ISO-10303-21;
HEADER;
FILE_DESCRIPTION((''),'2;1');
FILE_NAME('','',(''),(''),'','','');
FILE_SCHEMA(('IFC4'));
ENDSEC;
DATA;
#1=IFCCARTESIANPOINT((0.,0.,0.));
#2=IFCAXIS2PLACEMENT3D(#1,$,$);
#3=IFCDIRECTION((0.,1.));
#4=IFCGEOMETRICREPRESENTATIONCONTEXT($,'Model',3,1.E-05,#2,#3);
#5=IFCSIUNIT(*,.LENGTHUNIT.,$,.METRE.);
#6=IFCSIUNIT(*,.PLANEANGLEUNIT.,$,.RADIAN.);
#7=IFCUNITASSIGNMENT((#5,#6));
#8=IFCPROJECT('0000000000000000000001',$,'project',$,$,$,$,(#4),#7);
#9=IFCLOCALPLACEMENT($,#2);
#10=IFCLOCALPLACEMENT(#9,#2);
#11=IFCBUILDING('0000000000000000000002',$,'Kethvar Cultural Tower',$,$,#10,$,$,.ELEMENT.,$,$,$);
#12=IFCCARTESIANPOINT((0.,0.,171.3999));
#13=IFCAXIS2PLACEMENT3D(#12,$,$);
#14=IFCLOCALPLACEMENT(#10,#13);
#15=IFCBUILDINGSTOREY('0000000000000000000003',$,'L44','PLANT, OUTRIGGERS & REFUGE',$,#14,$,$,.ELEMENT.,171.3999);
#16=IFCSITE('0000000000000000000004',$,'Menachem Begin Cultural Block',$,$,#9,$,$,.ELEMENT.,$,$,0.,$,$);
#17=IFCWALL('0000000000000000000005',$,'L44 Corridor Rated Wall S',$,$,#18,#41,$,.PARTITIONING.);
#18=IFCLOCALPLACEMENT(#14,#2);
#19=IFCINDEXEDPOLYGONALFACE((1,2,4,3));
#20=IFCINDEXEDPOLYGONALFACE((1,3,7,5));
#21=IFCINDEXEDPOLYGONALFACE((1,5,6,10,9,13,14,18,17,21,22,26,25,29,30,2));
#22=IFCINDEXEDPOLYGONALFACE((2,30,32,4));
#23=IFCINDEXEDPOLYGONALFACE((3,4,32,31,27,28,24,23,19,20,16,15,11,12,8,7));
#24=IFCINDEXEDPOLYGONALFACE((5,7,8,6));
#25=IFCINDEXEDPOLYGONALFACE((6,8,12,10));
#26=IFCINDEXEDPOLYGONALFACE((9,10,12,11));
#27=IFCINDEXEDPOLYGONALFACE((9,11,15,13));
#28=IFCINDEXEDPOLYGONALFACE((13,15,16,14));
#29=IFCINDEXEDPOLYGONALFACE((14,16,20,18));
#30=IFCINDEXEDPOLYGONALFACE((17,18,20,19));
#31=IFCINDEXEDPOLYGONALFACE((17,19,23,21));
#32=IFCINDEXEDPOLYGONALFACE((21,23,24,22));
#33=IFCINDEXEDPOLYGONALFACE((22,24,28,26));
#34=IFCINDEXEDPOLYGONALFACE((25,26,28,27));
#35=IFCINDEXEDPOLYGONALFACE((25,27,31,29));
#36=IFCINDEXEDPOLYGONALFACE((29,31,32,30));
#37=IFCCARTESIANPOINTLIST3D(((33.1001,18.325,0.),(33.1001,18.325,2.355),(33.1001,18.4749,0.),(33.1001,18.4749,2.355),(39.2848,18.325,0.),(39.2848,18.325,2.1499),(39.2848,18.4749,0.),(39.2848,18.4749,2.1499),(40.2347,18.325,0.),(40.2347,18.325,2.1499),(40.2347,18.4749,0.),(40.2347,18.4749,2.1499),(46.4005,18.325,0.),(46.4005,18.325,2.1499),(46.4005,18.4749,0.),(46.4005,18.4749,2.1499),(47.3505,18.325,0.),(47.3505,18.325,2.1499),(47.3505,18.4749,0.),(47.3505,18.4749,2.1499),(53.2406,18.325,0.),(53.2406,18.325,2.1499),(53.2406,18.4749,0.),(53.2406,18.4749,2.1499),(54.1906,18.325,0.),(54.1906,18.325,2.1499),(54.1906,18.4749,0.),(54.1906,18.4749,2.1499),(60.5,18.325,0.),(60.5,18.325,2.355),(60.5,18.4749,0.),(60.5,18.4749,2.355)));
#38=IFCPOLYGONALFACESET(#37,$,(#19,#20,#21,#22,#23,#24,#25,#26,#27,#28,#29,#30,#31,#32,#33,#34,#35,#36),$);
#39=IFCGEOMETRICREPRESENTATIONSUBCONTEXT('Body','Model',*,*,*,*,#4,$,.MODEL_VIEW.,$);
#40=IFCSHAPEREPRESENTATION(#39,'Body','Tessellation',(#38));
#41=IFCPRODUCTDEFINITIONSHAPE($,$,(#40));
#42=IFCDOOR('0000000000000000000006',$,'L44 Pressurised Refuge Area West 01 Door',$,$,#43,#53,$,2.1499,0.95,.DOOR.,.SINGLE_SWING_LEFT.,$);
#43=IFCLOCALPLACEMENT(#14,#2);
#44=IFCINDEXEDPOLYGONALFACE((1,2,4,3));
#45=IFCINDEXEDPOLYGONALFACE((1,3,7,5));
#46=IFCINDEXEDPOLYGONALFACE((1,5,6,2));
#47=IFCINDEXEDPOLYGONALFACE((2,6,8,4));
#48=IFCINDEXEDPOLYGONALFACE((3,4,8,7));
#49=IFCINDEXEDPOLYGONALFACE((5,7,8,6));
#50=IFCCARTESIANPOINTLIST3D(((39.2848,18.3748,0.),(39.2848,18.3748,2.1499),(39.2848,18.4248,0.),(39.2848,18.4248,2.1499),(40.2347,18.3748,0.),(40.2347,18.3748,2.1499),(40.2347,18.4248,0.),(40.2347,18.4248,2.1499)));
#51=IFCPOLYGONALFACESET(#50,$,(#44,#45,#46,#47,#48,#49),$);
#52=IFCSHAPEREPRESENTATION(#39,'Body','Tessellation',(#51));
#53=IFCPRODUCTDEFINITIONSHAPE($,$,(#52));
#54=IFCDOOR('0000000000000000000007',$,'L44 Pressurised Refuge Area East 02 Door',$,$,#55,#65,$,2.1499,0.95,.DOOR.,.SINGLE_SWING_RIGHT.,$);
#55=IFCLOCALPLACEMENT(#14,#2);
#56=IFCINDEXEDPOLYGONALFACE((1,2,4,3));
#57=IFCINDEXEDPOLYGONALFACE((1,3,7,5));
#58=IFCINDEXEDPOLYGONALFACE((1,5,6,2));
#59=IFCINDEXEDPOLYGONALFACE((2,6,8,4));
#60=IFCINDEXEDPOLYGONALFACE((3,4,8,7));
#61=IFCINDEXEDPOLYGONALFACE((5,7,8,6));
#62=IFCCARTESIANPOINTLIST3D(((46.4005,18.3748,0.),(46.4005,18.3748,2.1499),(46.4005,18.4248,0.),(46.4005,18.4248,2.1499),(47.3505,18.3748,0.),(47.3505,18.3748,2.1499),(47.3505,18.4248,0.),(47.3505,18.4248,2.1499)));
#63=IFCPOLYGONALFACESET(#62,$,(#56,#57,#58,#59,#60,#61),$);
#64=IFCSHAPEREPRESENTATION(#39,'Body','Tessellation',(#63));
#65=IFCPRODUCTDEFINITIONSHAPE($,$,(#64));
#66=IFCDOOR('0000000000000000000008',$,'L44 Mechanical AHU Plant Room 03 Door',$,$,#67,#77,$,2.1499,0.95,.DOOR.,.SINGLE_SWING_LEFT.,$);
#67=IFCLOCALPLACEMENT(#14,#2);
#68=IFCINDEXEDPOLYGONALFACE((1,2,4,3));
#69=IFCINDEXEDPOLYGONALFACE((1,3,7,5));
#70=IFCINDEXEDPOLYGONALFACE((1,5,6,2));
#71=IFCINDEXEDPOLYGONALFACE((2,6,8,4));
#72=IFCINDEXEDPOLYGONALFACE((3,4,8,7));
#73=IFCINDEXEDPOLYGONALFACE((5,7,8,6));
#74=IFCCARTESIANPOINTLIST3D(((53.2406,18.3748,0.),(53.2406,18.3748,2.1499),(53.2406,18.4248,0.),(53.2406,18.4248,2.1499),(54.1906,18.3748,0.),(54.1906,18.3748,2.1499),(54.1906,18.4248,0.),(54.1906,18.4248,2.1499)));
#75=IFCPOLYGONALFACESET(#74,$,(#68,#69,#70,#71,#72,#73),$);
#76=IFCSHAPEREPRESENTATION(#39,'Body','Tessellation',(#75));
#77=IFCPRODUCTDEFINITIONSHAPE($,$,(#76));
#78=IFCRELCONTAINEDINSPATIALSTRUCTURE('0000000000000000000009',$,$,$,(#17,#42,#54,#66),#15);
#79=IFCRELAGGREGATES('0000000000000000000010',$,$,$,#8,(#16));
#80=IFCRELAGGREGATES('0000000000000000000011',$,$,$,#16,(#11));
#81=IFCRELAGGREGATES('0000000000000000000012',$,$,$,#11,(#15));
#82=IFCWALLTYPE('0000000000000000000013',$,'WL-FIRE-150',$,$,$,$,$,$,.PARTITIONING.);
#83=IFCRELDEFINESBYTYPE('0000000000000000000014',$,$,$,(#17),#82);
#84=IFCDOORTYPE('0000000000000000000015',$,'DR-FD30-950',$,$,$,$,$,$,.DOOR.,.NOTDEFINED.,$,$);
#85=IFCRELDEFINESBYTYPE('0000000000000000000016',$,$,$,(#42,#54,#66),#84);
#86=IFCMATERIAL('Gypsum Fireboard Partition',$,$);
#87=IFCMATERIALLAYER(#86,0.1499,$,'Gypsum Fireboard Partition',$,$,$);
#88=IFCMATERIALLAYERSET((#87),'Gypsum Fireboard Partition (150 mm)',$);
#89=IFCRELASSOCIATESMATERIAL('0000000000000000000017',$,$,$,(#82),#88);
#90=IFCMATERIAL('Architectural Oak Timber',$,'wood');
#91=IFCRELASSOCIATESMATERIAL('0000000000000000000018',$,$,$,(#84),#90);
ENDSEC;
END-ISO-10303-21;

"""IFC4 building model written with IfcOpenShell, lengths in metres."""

from ifc_helpers import new_model, si_unit, direction, frame, frame_2d, origin, place, context, subcontext, project, spatial, rectangle, extrude, source, transform, mapped, material, layer, layer_set, type_object, element, fill, save


model = new_model("IFC4")

# Units and contexts
model_context = context("Model", 3, precision=1e-05, world=origin(), true_north=direction((0.0, 1.0)))
body_context = subcontext(model_context, "Body", "Model", "MODEL_VIEW")
ifc_project = project(units=[si_unit("LENGTHUNIT", "METRE"), si_unit("PLANEANGLEUNIT", "RADIAN")], contexts=[model_context])

# Site, building, storey
site_placement = place(None, origin())
site = spatial("IfcSite", under=ifc_project, at=site_placement, Name="Menachem Begin Cultural Block", CompositionType="ELEMENT", RefElevation=0.0)
building_placement = place(site_placement, origin())
building = spatial("IfcBuilding", under=site, at=building_placement, Name="Kethvar Cultural Tower", CompositionType="ELEMENT")
storey_placement = place(building_placement, frame((0.0, 0.0, 171.3999)))
storey = spatial("IfcBuildingStorey", under=building, at=storey_placement, Name="L44", Description="PLANT, OUTRIGGERS & REFUGE", CompositionType="ELEMENT", Elevation=171.3999)

# Wall, openings, doors
ifc_material_1 = material(Name="Gypsum Fireboard Partition")
ifc_layer_1 = layer(ifc_material_1, 0.1499, Name="Gypsum Fireboard Partition")
ifc_layer_set_1 = layer_set([ifc_layer_1], Name="Gypsum Fireboard Partition (150 mm)")
wall_type = type_object("IfcWallType", Name="WL-FIRE-150", PredefinedType="PARTITIONING", material=ifc_layer_set_1)
wall_placement = place(storey_placement, frame((33.1001, 18.3999, 0.0), z_axis=(0.0, 0.0, 1.0), x_axis=(1.0, 0.0, 0.0)))
wall = element("IfcWall", 1, at=wall_placement, inside=storey, type_object=wall_type, Name="L44 Corridor Rated Wall S", PredefinedType="PARTITIONING", context=body_context, shape_type="SweptSolid", body=[
    extrude(rectangle(XDim=27.3999, YDim=0.1499, at=frame_2d((13.7, 0.0))), origin(), (0.0, 0.0, 1.0), 2.355),
])
opening_1_placement = place(wall_placement, frame((6.1846, 0.0, 0.0)))
opening_1 = element("IfcOpeningElement", 2, at=opening_1_placement, cuts=wall, PredefinedType="OPENING", context=body_context, shape_type="SweptSolid", body=[
    extrude(rectangle(XDim=0.95, YDim=2.1499, at=frame_2d((0.4751, 1.075))), frame((0.0, 0.085, 0.0), z_axis=(0.0, -1.0, 0.0), x_axis=(1.0, 0.0, 0.0)), (0.0, 0.0, 1.0), 0.1699),
])
opening_2_placement = place(wall_placement, frame((13.3003, 0.0, 0.0)))
opening_2 = element("IfcOpeningElement", 3, at=opening_2_placement, cuts=wall, PredefinedType="OPENING", context=body_context, shape_type="SweptSolid", body=[
    extrude(rectangle(XDim=0.95, YDim=2.1499, at=frame_2d((0.4751, 1.075))), frame((0.0, 0.085, 0.0), z_axis=(0.0, -1.0, 0.0), x_axis=(1.0, 0.0, 0.0)), (0.0, 0.0, 1.0), 0.1699),
])
opening_3_placement = place(wall_placement, frame((20.1404, 0.0, 0.0)))
opening_3 = element("IfcOpeningElement", 4, at=opening_3_placement, cuts=wall, PredefinedType="OPENING", context=body_context, shape_type="SweptSolid", body=[
    extrude(rectangle(XDim=0.95, YDim=2.1499, at=frame_2d((0.4751, 1.075))), frame((0.0, 0.085, 0.0), z_axis=(0.0, -1.0, 0.0), x_axis=(1.0, 0.0, 0.0)), (0.0, 0.0, 1.0), 0.1699),
])
ifc_material_2 = material(Name="Architectural Oak Timber", Category="wood")
door_type = type_object("IfcDoorType", Name="DR-FD30-950", OperationType="NOTDEFINED", PredefinedType="DOOR", material=ifc_material_2)
shared_shape_1 = source(origin(), body_context, "Body", "SweptSolid", [
    extrude(rectangle(XDim=0.95, YDim=2.1499, at=frame_2d((0.4751, 1.075))), frame((0.0, 0.0249, 0.0), z_axis=(0.0, -1.0, 0.0), x_axis=(1.0, 0.0, 0.0)), (0.0, 0.0, 1.0), 0.05),
])
door_1_placement = place(opening_1_placement, origin())
door_1 = element("IfcDoor", 5, at=door_1_placement, inside=storey, type_object=door_type, Name="L44 Pressurised Refuge Area West 01 Door", OperationType="SINGLE_SWING_LEFT", OverallHeight=2.1499, OverallWidth=0.95, PredefinedType="DOOR", context=body_context, shape_type="MappedRepresentation", body=[
    mapped(shared_shape_1, transform((0.0, 0.0, 0.0), scale=1.0)),
])
fill(opening_1, door_1)
door_2_placement = place(opening_2_placement, origin())
door_2 = element("IfcDoor", 6, at=door_2_placement, inside=storey, type_object=door_type, Name="L44 Pressurised Refuge Area East 02 Door", OperationType="SINGLE_SWING_RIGHT", OverallHeight=2.1499, OverallWidth=0.95, PredefinedType="DOOR", context=body_context, shape_type="MappedRepresentation", body=[
    mapped(shared_shape_1, transform((0.0, 0.0, 0.0), scale=1.0)),
])
fill(opening_2, door_2)
door_3_placement = place(opening_3_placement, origin())
door_3 = element("IfcDoor", 7, at=door_3_placement, inside=storey, type_object=door_type, Name="L44 Mechanical AHU Plant Room 03 Door", OperationType="SINGLE_SWING_LEFT", OverallHeight=2.1499, OverallWidth=0.95, PredefinedType="DOOR", context=body_context, shape_type="MappedRepresentation", body=[
    mapped(shared_shape_1, transform((0.0, 0.0, 0.0), scale=1.0)),
])
fill(opening_3, door_3)

save(model, "model.ifc")
